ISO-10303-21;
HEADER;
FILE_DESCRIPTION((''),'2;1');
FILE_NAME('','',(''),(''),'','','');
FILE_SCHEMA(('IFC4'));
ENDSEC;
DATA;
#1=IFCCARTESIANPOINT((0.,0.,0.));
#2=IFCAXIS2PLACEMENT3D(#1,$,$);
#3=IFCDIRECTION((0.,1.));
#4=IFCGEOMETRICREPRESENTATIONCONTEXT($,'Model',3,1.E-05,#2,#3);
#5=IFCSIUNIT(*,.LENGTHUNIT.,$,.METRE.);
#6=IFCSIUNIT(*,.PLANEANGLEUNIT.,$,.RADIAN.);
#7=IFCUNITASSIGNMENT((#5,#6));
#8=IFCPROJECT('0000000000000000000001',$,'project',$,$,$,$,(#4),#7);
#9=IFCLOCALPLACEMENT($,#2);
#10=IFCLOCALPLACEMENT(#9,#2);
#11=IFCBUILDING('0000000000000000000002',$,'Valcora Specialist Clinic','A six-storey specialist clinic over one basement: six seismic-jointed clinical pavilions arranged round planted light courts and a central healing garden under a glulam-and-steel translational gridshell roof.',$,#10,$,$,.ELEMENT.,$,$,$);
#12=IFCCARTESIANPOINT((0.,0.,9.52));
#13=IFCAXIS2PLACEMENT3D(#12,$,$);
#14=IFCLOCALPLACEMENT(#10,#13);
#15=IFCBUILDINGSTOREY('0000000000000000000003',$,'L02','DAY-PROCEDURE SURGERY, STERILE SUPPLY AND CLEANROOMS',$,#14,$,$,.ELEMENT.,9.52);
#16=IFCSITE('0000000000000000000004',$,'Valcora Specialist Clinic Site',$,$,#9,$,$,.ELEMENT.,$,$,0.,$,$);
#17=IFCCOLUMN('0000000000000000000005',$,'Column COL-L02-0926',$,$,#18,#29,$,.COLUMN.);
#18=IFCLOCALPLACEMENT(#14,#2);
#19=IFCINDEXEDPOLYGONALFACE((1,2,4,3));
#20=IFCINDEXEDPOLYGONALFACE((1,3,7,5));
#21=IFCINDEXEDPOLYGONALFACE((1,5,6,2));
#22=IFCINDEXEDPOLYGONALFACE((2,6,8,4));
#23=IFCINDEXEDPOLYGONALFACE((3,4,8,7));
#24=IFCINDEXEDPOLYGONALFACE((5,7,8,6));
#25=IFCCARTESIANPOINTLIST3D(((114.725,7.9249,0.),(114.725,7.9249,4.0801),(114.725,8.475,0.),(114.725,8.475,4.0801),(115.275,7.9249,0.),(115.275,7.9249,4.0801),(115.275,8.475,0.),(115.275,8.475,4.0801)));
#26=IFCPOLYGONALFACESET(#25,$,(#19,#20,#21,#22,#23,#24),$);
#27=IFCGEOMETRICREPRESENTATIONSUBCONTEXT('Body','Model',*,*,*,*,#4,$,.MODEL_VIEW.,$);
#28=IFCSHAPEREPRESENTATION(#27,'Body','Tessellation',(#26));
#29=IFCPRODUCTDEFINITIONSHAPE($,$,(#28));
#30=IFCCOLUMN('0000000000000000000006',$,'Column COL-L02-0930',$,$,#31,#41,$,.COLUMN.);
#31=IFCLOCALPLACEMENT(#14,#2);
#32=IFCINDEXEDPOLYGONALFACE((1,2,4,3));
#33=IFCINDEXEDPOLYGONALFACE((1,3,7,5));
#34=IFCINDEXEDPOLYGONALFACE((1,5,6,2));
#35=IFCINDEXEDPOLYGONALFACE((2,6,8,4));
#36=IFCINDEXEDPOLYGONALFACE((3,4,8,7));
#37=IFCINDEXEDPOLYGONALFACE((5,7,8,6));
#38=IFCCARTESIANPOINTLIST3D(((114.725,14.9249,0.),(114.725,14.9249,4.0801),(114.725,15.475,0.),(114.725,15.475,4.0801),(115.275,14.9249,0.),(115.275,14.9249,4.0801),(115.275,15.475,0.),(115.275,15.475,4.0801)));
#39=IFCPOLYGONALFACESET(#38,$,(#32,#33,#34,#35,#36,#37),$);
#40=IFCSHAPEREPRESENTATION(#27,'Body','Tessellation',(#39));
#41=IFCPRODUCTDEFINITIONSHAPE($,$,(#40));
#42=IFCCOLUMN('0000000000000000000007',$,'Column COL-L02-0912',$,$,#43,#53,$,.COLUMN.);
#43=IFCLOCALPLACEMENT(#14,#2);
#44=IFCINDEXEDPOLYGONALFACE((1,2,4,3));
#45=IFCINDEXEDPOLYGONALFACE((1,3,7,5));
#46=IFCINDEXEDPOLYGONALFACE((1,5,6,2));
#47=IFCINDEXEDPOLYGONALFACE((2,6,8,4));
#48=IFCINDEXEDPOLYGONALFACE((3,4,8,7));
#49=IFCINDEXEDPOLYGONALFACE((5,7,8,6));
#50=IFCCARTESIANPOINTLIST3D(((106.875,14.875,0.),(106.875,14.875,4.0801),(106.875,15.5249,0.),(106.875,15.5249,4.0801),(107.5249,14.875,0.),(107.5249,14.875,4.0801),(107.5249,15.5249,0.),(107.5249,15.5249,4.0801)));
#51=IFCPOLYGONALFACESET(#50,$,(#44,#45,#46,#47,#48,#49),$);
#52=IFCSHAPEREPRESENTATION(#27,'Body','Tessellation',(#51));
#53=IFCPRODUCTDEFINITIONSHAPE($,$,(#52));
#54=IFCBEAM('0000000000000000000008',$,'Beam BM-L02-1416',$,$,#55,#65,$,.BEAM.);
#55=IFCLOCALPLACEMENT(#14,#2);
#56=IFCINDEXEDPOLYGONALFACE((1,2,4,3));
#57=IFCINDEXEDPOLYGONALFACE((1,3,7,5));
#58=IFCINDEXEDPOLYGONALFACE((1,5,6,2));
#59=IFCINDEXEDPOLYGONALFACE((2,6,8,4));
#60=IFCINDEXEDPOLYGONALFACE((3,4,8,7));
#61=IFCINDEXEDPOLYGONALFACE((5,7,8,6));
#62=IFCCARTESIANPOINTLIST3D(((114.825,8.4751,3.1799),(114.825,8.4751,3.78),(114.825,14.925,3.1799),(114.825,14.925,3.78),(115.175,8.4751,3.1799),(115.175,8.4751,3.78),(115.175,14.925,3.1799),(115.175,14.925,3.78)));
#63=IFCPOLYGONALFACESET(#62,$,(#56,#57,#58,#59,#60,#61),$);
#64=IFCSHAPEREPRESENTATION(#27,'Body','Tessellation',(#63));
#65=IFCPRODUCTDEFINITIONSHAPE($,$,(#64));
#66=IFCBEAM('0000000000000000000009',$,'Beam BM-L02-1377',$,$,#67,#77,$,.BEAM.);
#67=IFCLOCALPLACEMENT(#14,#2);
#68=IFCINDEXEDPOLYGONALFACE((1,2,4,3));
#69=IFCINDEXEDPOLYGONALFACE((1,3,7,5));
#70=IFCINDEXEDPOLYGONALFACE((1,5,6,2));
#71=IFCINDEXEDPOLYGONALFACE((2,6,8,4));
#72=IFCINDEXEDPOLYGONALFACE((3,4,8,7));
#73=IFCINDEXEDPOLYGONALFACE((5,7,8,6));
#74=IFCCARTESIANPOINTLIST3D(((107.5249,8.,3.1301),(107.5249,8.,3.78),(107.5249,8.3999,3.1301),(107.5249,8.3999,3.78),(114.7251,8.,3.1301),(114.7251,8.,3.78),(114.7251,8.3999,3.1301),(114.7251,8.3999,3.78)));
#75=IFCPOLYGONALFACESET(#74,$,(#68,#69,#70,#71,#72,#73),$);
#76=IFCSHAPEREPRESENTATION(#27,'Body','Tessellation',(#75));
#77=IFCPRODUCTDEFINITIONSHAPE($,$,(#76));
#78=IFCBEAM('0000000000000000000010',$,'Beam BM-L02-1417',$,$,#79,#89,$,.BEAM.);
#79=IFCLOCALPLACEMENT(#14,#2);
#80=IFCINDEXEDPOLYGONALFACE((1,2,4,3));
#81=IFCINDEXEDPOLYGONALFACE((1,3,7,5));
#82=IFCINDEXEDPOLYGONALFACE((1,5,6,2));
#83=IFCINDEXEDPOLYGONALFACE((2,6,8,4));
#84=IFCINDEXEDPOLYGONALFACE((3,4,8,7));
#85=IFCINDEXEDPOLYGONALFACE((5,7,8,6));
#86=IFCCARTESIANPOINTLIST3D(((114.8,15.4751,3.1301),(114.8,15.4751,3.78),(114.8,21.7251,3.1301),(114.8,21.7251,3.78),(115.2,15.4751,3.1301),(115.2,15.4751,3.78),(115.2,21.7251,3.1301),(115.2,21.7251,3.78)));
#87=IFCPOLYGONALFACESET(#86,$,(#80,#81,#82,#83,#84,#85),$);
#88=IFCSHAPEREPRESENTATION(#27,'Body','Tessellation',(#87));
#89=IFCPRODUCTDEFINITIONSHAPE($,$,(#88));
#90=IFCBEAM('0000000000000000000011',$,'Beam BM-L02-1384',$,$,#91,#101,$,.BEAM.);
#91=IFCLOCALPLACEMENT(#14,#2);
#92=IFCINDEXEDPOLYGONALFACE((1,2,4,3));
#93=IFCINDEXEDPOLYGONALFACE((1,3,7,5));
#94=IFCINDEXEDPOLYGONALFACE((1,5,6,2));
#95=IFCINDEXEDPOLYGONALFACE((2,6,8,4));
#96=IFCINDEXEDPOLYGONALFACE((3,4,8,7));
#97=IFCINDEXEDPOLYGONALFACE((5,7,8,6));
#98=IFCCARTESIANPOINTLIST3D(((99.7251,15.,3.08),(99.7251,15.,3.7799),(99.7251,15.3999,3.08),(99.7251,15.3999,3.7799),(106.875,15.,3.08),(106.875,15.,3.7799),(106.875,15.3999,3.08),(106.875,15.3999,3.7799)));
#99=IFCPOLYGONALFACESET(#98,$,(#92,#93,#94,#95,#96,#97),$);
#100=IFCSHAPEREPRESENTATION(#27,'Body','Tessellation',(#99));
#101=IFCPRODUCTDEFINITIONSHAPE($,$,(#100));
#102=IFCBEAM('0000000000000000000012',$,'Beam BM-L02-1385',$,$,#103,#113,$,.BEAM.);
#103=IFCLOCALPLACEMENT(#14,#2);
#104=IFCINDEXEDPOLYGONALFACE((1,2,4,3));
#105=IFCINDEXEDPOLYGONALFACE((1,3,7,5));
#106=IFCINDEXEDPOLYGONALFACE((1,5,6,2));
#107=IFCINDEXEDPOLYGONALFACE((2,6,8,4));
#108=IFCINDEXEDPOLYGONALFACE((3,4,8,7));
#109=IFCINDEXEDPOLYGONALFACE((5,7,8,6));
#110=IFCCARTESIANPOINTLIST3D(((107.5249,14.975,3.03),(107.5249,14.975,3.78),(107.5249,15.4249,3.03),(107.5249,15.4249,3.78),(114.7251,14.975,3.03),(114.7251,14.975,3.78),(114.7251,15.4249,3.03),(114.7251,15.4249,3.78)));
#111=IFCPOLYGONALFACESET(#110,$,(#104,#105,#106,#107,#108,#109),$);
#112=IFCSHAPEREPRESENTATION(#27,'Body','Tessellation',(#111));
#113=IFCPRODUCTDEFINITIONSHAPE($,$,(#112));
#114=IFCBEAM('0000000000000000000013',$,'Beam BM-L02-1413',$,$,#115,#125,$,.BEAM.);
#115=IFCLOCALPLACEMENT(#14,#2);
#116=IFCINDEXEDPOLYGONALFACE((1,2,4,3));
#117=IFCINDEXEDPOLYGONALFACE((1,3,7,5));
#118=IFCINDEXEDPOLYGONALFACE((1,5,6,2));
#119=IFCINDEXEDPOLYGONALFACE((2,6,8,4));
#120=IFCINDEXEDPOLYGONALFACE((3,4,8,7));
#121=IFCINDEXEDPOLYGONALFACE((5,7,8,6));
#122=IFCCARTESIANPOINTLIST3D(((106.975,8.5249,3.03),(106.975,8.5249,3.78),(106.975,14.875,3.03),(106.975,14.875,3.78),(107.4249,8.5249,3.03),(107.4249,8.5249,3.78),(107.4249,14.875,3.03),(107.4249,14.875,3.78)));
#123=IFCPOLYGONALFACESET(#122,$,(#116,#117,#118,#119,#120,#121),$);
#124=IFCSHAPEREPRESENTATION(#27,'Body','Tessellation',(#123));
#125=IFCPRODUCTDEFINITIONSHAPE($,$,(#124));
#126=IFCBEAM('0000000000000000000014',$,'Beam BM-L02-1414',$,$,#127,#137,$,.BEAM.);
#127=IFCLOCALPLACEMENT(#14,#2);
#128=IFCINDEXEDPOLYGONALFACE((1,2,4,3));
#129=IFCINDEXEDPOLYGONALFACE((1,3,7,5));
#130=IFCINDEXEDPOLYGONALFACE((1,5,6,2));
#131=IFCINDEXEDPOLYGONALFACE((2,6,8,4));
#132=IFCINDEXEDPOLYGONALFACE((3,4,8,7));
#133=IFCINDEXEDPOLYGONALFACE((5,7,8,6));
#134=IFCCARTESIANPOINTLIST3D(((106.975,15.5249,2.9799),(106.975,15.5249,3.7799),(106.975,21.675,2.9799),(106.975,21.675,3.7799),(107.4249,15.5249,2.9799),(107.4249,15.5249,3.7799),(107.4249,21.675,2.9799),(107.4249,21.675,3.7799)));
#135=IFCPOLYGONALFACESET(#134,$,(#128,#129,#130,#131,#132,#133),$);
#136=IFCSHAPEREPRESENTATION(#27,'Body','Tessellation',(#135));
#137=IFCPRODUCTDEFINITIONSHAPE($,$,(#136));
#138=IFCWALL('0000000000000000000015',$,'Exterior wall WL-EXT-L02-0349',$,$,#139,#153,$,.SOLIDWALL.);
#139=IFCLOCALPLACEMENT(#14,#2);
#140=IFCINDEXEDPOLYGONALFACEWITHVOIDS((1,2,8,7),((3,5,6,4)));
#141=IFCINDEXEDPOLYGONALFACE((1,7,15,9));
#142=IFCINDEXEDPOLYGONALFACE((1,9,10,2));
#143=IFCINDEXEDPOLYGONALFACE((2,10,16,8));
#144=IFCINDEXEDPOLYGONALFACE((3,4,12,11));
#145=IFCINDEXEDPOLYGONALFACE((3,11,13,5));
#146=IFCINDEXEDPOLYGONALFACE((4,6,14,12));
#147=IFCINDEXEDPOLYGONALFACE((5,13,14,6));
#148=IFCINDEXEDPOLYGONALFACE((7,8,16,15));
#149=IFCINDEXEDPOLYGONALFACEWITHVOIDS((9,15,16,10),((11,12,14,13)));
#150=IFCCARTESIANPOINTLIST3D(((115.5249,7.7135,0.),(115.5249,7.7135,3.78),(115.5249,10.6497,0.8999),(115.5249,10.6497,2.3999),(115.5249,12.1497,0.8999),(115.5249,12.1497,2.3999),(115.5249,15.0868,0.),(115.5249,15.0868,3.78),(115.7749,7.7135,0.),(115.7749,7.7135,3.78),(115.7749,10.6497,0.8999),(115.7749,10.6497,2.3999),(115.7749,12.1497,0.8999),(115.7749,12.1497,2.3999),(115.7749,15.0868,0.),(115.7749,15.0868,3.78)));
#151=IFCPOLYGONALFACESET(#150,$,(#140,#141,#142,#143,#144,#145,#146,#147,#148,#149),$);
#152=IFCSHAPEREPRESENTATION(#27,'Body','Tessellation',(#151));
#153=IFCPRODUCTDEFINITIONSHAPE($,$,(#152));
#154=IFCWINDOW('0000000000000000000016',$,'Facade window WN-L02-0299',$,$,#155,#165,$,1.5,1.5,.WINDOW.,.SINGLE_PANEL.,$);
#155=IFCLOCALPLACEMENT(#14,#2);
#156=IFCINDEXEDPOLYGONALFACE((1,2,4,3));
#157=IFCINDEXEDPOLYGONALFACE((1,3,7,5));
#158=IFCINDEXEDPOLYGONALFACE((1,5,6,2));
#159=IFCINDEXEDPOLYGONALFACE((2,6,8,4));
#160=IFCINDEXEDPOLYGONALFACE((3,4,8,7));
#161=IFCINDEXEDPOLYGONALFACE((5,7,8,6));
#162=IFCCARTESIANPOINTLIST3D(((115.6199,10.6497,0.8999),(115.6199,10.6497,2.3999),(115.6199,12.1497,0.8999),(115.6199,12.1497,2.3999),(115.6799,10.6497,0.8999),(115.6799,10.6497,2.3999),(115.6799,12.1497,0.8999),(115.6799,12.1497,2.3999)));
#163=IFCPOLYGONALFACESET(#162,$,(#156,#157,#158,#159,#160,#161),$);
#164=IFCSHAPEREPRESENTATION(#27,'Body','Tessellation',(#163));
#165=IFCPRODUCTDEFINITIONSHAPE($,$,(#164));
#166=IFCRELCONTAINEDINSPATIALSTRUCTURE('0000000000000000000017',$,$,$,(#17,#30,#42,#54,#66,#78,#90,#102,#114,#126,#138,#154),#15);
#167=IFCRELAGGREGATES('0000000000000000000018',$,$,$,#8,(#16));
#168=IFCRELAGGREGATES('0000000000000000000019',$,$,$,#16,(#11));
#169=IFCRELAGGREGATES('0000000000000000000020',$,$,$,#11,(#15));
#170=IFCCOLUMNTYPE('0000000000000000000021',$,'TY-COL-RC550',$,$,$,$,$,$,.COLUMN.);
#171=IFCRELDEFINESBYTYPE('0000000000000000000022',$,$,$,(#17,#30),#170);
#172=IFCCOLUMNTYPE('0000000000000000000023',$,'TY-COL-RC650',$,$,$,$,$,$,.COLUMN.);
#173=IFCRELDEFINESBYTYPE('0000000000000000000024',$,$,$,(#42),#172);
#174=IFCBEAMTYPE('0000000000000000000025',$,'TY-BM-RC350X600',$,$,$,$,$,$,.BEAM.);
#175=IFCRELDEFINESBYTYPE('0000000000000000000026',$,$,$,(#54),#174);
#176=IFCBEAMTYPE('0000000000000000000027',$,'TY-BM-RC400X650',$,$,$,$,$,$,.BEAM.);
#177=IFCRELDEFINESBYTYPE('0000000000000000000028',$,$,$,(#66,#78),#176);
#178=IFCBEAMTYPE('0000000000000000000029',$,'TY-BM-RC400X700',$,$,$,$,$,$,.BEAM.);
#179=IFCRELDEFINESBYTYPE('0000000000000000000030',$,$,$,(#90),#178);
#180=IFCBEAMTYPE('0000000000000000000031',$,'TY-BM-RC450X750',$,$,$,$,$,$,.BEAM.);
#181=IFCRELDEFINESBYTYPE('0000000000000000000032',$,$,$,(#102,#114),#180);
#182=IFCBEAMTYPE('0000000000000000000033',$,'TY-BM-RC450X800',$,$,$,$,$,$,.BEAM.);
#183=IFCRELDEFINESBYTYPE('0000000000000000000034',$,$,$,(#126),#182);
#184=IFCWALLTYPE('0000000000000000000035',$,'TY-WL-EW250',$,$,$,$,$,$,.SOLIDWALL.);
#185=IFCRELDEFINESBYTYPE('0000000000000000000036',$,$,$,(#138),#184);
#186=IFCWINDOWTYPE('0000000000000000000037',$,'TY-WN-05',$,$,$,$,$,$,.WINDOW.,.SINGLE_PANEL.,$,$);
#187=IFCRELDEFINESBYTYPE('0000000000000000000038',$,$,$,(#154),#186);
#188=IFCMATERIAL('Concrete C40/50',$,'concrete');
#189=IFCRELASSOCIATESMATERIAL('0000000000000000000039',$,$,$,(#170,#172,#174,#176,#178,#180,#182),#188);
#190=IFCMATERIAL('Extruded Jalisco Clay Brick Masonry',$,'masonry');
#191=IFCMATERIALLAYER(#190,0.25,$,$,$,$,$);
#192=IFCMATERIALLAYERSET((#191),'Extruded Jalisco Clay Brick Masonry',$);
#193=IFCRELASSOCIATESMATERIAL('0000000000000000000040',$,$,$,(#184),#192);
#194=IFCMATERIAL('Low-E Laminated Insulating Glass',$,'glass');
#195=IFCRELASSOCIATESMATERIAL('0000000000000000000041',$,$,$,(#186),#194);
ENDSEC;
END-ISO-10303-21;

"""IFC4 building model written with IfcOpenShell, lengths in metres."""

from ifc_helpers import new_model, si_unit, direction, frame, frame_2d, origin, origin_2d, place, context, subcontext, project, spatial, rectangle, extrude, material, layer, layer_set, material_profile, profile_set, type_object, element, fill, save


model = new_model("IFC4")

# Units and contexts
model_context = context("Model", 3, precision=1e-05, world=origin(), true_north=direction((0.0, 1.0)))
body_context = subcontext(model_context, "Body", "Model", "MODEL_VIEW")
ifc_project = project(units=[si_unit("LENGTHUNIT", "METRE"), si_unit("PLANEANGLEUNIT", "RADIAN")], contexts=[model_context])

# Site, building, storey
site_placement = place(None, origin())
site = spatial("IfcSite", under=ifc_project, at=site_placement, Name="Valcora Specialist Clinic Site", CompositionType="ELEMENT", RefElevation=0.0)
building_placement = place(site_placement, origin())
building = spatial("IfcBuilding", under=site, at=building_placement, Name="Valcora Specialist Clinic", Description="A six-storey specialist clinic over one basement: six seismic-jointed clinical pavilions arranged round planted light courts and a central healing garden under a glulam-and-steel translational gridshell roof.", CompositionType="ELEMENT")
storey_placement = place(building_placement, frame((0.0, 0.0, 9.52)))
storey = spatial("IfcBuildingStorey", under=building, at=storey_placement, Name="L02", Description="DAY-PROCEDURE SURGERY, STERILE SUPPLY AND CLEANROOMS", CompositionType="ELEMENT", Elevation=9.52)

# Columns
ifc_material_1 = material(Name="Concrete C40/50", Category="concrete")
ifc_material_profile_1 = material_profile(ifc_material_1, rectangle(XDim=0.55, YDim=0.55, at=origin_2d()), Name="RC-COL-550X550")
ifc_profile_set_1 = profile_set([ifc_material_profile_1], Name="Concrete C40/50")
column_type_1 = type_object("IfcColumnType", Name="TY-COL-RC550", PredefinedType="COLUMN", material=ifc_profile_set_1)
for number, where, z_axis, x_axis, name in (
    (1, (115.0, 8.2, 0.0), (0.0, 0.0, 1.0), (1.0, 0.0, 0.0), "Column COL-L02-0926"),
    (2, (115.0, 15.2, 0.0), (0.0, 0.0, 1.0), (1.0, 0.0, 0.0), "Column COL-L02-0930"),
):
    element("IfcColumn", number, at=place(storey_placement, frame(where, z_axis=z_axis, x_axis=x_axis)), inside=storey, type_object=column_type_1, Name=name, PredefinedType="COLUMN", context=body_context, shape_type="SweptSolid", body=[
        extrude(rectangle(XDim=0.55, YDim=0.55, at=origin_2d()), origin(), (0.0, 0.0, 1.0), 4.0801),
    ])
ifc_material_profile_2 = material_profile(ifc_material_1, rectangle(XDim=0.6499, YDim=0.6499, at=origin_2d()), Name="RC-COL-650X650")
ifc_profile_set_2 = profile_set([ifc_material_profile_2], Name="Concrete C40/50")
column_type_2 = type_object("IfcColumnType", Name="TY-COL-RC650", PredefinedType="COLUMN", material=ifc_profile_set_2)
column_placement = place(storey_placement, frame((107.2, 15.2, 0.0), z_axis=(0.0, 0.0, 1.0), x_axis=(1.0, 0.0, 0.0)))
element("IfcColumn", 3, at=column_placement, inside=storey, type_object=column_type_2, Name="Column COL-L02-0912", PredefinedType="COLUMN", context=body_context, shape_type="SweptSolid", body=[
    extrude(rectangle(XDim=0.6499, YDim=0.6499, at=origin_2d()), origin(), (0.0, 0.0, 1.0), 4.0801),
])

# Beams
ifc_material_profile_3 = material_profile(ifc_material_1, rectangle(XDim=0.3501, YDim=0.6001, at=origin_2d()), Name="RC-BM-350X600")
ifc_profile_set_3 = profile_set([ifc_material_profile_3], Name="Concrete C40/50")
beam_type_1 = type_object("IfcBeamType", Name="TY-BM-RC350X600", PredefinedType="BEAM", material=ifc_profile_set_3)
beam_1_placement = place(storey_placement, frame((115.0, 8.4751, 3.48), z_axis=(0.0, 1.0, 0.0), x_axis=(-1.0, 0.0, 0.0)))
element("IfcBeam", 4, at=beam_1_placement, inside=storey, type_object=beam_type_1, Name="Beam BM-L02-1416", PredefinedType="BEAM", context=body_context, shape_type="SweptSolid", body=[
    extrude(rectangle(XDim=0.3501, YDim=0.6001, at=origin_2d()), origin(), (0.0, 0.0, 1.0), 6.45),
])
ifc_material_profile_4 = material_profile(ifc_material_1, rectangle(XDim=0.3999, YDim=0.6499, at=origin_2d()), Name="RC-BM-400X650")
ifc_profile_set_4 = profile_set([ifc_material_profile_4], Name="Concrete C40/50")
beam_type_2 = type_object("IfcBeamType", Name="TY-BM-RC400X650", PredefinedType="BEAM", material=ifc_profile_set_4)
beam_2_placement = place(storey_placement, frame((107.5249, 8.2, 3.4551), z_axis=(1.0, 0.0, 0.0), x_axis=(0.0, 1.0, 0.0)))
element("IfcBeam", 5, at=beam_2_placement, inside=storey, type_object=beam_type_2, Name="Beam BM-L02-1377", PredefinedType="BEAM", context=body_context, shape_type="SweptSolid", body=[
    extrude(rectangle(XDim=0.3999, YDim=0.6499, at=origin_2d()), origin(), (0.0, 0.0, 1.0), 7.2002),
])
beam_3_placement = place(storey_placement, frame((115.0, 15.4751, 3.4551), z_axis=(0.0, 1.0, 0.0), x_axis=(-1.0, 0.0, 0.0)))
element("IfcBeam", 6, at=beam_3_placement, inside=storey, type_object=beam_type_2, Name="Beam BM-L02-1417", PredefinedType="BEAM", context=body_context, shape_type="SweptSolid", body=[
    extrude(rectangle(XDim=0.3999, YDim=0.6499, at=origin_2d()), origin(), (0.0, 0.0, 1.0), 6.25),
])
ifc_material_profile_5 = material_profile(ifc_material_1, rectangle(XDim=0.3999, YDim=0.7, at=origin_2d()), Name="RC-BM-400X700")
ifc_profile_set_5 = profile_set([ifc_material_profile_5], Name="Concrete C40/50")
beam_type_3 = type_object("IfcBeamType", Name="TY-BM-RC400X700", PredefinedType="BEAM", material=ifc_profile_set_5)
beam_4_placement = place(storey_placement, frame((99.7251, 15.2, 3.4299), z_axis=(1.0, 0.0, 0.0), x_axis=(0.0, 1.0, 0.0)))
element("IfcBeam", 7, at=beam_4_placement, inside=storey, type_object=beam_type_3, Name="Beam BM-L02-1384", PredefinedType="BEAM", context=body_context, shape_type="SweptSolid", body=[
    extrude(rectangle(XDim=0.3999, YDim=0.7, at=origin_2d()), origin(), (0.0, 0.0, 1.0), 7.1499),
])
ifc_material_profile_6 = material_profile(ifc_material_1, rectangle(XDim=0.45, YDim=0.75, at=origin_2d()), Name="RC-BM-450X750")
ifc_profile_set_6 = profile_set([ifc_material_profile_6], Name="Concrete C40/50")
beam_type_4 = type_object("IfcBeamType", Name="TY-BM-RC450X750", PredefinedType="BEAM", material=ifc_profile_set_6)
beam_5_placement = place(storey_placement, frame((107.5249, 15.2, 3.405), z_axis=(1.0, 0.0, 0.0), x_axis=(0.0, 1.0, 0.0)))
element("IfcBeam", 8, at=beam_5_placement, inside=storey, type_object=beam_type_4, Name="Beam BM-L02-1385", PredefinedType="BEAM", context=body_context, shape_type="SweptSolid", body=[
    extrude(rectangle(XDim=0.45, YDim=0.75, at=origin_2d()), origin(), (0.0, 0.0, 1.0), 7.2002),
])
beam_6_placement = place(storey_placement, frame((107.2, 8.5249, 3.405), z_axis=(0.0, 1.0, 0.0), x_axis=(-1.0, 0.0, 0.0)))
element("IfcBeam", 9, at=beam_6_placement, inside=storey, type_object=beam_type_4, Name="Beam BM-L02-1413", PredefinedType="BEAM", context=body_context, shape_type="SweptSolid", body=[
    extrude(rectangle(XDim=0.45, YDim=0.75, at=origin_2d()), origin(), (0.0, 0.0, 1.0), 6.3501),
])
ifc_material_profile_7 = material_profile(ifc_material_1, rectangle(XDim=0.45, YDim=0.8, at=origin_2d()), Name="RC-BM-450X800")
ifc_profile_set_7 = profile_set([ifc_material_profile_7], Name="Concrete C40/50")
beam_type_5 = type_object("IfcBeamType", Name="TY-BM-RC450X800", PredefinedType="BEAM", material=ifc_profile_set_7)
beam_7_placement = place(storey_placement, frame((107.2, 15.5249, 3.3799), z_axis=(0.0, 1.0, 0.0), x_axis=(-1.0, 0.0, 0.0)))
element("IfcBeam", 10, at=beam_7_placement, inside=storey, type_object=beam_type_5, Name="Beam BM-L02-1414", PredefinedType="BEAM", context=body_context, shape_type="SweptSolid", body=[
    extrude(rectangle(XDim=0.45, YDim=0.8, at=origin_2d()), origin(), (0.0, 0.0, 1.0), 6.1501),
])

# Wall, opening, window
ifc_material_2 = material(Name="Extruded Jalisco Clay Brick Masonry", Category="masonry")
ifc_layer_1 = layer(ifc_material_2, 0.25)
ifc_layer_set_1 = layer_set([ifc_layer_1], Name="Extruded Jalisco Clay Brick Masonry")
wall_type_1 = type_object("IfcWallType", Name="TY-WL-EW250", PredefinedType="SOLIDWALL", material=ifc_layer_set_1)
wall_1_placement = place(storey_placement, frame((115.6499, 15.0867, 0.0), z_axis=(0.0, 0.0, 1.0), x_axis=(0.0, -1.0, 0.0)))
wall_1 = element("IfcWall", 11, at=wall_1_placement, inside=storey, type_object=wall_type_1, Name="Exterior wall WL-EXT-L02-0349", PredefinedType="SOLIDWALL", context=body_context, shape_type="SweptSolid", body=[
    extrude(rectangle(XDim=7.3733, YDim=0.25, at=frame_2d((3.6865, 0.0))), origin(), (0.0, 0.0, 1.0), 3.78),
])
opening_1_placement = place(wall_1_placement, frame((2.937, 0.0, 0.8999)))
opening_1 = element("IfcOpeningElement", 12, at=opening_1_placement, cuts=wall_1, PredefinedType="OPENING", context=body_context, shape_type="SweptSolid", body=[
    extrude(rectangle(XDim=1.5, YDim=1.5, at=frame_2d((0.75, 0.75))), frame((0.0, 0.135, 0.0), z_axis=(0.0, -1.0, 0.0), x_axis=(1.0, 0.0, 0.0)), (0.0, 0.0, 1.0), 0.27),
])
ifc_material_3 = material(Name="Low-E Laminated Insulating Glass", Category="glass")
window_type = type_object("IfcWindowType", Name="TY-WN-05", PartitioningType="SINGLE_PANEL", PredefinedType="WINDOW", material=ifc_material_3)
window_placement = place(opening_1_placement, origin())
window = element("IfcWindow", 13, at=window_placement, inside=storey, type_object=window_type, Name="Facade window WN-L02-0299", OverallHeight=1.5, OverallWidth=1.5, PartitioningType="SINGLE_PANEL", PredefinedType="WINDOW", context=body_context, shape_type="SweptSolid", body=[
    extrude(rectangle(XDim=1.5, YDim=1.5, at=frame_2d((0.75, 0.75))), frame((0.0, 0.03, 0.0), z_axis=(0.0, -1.0, 0.0), x_axis=(1.0, 0.0, 0.0)), (0.0, 0.0, 1.0), 0.0601),
])
fill(opening_1, window)

save(model, "model.ifc")
